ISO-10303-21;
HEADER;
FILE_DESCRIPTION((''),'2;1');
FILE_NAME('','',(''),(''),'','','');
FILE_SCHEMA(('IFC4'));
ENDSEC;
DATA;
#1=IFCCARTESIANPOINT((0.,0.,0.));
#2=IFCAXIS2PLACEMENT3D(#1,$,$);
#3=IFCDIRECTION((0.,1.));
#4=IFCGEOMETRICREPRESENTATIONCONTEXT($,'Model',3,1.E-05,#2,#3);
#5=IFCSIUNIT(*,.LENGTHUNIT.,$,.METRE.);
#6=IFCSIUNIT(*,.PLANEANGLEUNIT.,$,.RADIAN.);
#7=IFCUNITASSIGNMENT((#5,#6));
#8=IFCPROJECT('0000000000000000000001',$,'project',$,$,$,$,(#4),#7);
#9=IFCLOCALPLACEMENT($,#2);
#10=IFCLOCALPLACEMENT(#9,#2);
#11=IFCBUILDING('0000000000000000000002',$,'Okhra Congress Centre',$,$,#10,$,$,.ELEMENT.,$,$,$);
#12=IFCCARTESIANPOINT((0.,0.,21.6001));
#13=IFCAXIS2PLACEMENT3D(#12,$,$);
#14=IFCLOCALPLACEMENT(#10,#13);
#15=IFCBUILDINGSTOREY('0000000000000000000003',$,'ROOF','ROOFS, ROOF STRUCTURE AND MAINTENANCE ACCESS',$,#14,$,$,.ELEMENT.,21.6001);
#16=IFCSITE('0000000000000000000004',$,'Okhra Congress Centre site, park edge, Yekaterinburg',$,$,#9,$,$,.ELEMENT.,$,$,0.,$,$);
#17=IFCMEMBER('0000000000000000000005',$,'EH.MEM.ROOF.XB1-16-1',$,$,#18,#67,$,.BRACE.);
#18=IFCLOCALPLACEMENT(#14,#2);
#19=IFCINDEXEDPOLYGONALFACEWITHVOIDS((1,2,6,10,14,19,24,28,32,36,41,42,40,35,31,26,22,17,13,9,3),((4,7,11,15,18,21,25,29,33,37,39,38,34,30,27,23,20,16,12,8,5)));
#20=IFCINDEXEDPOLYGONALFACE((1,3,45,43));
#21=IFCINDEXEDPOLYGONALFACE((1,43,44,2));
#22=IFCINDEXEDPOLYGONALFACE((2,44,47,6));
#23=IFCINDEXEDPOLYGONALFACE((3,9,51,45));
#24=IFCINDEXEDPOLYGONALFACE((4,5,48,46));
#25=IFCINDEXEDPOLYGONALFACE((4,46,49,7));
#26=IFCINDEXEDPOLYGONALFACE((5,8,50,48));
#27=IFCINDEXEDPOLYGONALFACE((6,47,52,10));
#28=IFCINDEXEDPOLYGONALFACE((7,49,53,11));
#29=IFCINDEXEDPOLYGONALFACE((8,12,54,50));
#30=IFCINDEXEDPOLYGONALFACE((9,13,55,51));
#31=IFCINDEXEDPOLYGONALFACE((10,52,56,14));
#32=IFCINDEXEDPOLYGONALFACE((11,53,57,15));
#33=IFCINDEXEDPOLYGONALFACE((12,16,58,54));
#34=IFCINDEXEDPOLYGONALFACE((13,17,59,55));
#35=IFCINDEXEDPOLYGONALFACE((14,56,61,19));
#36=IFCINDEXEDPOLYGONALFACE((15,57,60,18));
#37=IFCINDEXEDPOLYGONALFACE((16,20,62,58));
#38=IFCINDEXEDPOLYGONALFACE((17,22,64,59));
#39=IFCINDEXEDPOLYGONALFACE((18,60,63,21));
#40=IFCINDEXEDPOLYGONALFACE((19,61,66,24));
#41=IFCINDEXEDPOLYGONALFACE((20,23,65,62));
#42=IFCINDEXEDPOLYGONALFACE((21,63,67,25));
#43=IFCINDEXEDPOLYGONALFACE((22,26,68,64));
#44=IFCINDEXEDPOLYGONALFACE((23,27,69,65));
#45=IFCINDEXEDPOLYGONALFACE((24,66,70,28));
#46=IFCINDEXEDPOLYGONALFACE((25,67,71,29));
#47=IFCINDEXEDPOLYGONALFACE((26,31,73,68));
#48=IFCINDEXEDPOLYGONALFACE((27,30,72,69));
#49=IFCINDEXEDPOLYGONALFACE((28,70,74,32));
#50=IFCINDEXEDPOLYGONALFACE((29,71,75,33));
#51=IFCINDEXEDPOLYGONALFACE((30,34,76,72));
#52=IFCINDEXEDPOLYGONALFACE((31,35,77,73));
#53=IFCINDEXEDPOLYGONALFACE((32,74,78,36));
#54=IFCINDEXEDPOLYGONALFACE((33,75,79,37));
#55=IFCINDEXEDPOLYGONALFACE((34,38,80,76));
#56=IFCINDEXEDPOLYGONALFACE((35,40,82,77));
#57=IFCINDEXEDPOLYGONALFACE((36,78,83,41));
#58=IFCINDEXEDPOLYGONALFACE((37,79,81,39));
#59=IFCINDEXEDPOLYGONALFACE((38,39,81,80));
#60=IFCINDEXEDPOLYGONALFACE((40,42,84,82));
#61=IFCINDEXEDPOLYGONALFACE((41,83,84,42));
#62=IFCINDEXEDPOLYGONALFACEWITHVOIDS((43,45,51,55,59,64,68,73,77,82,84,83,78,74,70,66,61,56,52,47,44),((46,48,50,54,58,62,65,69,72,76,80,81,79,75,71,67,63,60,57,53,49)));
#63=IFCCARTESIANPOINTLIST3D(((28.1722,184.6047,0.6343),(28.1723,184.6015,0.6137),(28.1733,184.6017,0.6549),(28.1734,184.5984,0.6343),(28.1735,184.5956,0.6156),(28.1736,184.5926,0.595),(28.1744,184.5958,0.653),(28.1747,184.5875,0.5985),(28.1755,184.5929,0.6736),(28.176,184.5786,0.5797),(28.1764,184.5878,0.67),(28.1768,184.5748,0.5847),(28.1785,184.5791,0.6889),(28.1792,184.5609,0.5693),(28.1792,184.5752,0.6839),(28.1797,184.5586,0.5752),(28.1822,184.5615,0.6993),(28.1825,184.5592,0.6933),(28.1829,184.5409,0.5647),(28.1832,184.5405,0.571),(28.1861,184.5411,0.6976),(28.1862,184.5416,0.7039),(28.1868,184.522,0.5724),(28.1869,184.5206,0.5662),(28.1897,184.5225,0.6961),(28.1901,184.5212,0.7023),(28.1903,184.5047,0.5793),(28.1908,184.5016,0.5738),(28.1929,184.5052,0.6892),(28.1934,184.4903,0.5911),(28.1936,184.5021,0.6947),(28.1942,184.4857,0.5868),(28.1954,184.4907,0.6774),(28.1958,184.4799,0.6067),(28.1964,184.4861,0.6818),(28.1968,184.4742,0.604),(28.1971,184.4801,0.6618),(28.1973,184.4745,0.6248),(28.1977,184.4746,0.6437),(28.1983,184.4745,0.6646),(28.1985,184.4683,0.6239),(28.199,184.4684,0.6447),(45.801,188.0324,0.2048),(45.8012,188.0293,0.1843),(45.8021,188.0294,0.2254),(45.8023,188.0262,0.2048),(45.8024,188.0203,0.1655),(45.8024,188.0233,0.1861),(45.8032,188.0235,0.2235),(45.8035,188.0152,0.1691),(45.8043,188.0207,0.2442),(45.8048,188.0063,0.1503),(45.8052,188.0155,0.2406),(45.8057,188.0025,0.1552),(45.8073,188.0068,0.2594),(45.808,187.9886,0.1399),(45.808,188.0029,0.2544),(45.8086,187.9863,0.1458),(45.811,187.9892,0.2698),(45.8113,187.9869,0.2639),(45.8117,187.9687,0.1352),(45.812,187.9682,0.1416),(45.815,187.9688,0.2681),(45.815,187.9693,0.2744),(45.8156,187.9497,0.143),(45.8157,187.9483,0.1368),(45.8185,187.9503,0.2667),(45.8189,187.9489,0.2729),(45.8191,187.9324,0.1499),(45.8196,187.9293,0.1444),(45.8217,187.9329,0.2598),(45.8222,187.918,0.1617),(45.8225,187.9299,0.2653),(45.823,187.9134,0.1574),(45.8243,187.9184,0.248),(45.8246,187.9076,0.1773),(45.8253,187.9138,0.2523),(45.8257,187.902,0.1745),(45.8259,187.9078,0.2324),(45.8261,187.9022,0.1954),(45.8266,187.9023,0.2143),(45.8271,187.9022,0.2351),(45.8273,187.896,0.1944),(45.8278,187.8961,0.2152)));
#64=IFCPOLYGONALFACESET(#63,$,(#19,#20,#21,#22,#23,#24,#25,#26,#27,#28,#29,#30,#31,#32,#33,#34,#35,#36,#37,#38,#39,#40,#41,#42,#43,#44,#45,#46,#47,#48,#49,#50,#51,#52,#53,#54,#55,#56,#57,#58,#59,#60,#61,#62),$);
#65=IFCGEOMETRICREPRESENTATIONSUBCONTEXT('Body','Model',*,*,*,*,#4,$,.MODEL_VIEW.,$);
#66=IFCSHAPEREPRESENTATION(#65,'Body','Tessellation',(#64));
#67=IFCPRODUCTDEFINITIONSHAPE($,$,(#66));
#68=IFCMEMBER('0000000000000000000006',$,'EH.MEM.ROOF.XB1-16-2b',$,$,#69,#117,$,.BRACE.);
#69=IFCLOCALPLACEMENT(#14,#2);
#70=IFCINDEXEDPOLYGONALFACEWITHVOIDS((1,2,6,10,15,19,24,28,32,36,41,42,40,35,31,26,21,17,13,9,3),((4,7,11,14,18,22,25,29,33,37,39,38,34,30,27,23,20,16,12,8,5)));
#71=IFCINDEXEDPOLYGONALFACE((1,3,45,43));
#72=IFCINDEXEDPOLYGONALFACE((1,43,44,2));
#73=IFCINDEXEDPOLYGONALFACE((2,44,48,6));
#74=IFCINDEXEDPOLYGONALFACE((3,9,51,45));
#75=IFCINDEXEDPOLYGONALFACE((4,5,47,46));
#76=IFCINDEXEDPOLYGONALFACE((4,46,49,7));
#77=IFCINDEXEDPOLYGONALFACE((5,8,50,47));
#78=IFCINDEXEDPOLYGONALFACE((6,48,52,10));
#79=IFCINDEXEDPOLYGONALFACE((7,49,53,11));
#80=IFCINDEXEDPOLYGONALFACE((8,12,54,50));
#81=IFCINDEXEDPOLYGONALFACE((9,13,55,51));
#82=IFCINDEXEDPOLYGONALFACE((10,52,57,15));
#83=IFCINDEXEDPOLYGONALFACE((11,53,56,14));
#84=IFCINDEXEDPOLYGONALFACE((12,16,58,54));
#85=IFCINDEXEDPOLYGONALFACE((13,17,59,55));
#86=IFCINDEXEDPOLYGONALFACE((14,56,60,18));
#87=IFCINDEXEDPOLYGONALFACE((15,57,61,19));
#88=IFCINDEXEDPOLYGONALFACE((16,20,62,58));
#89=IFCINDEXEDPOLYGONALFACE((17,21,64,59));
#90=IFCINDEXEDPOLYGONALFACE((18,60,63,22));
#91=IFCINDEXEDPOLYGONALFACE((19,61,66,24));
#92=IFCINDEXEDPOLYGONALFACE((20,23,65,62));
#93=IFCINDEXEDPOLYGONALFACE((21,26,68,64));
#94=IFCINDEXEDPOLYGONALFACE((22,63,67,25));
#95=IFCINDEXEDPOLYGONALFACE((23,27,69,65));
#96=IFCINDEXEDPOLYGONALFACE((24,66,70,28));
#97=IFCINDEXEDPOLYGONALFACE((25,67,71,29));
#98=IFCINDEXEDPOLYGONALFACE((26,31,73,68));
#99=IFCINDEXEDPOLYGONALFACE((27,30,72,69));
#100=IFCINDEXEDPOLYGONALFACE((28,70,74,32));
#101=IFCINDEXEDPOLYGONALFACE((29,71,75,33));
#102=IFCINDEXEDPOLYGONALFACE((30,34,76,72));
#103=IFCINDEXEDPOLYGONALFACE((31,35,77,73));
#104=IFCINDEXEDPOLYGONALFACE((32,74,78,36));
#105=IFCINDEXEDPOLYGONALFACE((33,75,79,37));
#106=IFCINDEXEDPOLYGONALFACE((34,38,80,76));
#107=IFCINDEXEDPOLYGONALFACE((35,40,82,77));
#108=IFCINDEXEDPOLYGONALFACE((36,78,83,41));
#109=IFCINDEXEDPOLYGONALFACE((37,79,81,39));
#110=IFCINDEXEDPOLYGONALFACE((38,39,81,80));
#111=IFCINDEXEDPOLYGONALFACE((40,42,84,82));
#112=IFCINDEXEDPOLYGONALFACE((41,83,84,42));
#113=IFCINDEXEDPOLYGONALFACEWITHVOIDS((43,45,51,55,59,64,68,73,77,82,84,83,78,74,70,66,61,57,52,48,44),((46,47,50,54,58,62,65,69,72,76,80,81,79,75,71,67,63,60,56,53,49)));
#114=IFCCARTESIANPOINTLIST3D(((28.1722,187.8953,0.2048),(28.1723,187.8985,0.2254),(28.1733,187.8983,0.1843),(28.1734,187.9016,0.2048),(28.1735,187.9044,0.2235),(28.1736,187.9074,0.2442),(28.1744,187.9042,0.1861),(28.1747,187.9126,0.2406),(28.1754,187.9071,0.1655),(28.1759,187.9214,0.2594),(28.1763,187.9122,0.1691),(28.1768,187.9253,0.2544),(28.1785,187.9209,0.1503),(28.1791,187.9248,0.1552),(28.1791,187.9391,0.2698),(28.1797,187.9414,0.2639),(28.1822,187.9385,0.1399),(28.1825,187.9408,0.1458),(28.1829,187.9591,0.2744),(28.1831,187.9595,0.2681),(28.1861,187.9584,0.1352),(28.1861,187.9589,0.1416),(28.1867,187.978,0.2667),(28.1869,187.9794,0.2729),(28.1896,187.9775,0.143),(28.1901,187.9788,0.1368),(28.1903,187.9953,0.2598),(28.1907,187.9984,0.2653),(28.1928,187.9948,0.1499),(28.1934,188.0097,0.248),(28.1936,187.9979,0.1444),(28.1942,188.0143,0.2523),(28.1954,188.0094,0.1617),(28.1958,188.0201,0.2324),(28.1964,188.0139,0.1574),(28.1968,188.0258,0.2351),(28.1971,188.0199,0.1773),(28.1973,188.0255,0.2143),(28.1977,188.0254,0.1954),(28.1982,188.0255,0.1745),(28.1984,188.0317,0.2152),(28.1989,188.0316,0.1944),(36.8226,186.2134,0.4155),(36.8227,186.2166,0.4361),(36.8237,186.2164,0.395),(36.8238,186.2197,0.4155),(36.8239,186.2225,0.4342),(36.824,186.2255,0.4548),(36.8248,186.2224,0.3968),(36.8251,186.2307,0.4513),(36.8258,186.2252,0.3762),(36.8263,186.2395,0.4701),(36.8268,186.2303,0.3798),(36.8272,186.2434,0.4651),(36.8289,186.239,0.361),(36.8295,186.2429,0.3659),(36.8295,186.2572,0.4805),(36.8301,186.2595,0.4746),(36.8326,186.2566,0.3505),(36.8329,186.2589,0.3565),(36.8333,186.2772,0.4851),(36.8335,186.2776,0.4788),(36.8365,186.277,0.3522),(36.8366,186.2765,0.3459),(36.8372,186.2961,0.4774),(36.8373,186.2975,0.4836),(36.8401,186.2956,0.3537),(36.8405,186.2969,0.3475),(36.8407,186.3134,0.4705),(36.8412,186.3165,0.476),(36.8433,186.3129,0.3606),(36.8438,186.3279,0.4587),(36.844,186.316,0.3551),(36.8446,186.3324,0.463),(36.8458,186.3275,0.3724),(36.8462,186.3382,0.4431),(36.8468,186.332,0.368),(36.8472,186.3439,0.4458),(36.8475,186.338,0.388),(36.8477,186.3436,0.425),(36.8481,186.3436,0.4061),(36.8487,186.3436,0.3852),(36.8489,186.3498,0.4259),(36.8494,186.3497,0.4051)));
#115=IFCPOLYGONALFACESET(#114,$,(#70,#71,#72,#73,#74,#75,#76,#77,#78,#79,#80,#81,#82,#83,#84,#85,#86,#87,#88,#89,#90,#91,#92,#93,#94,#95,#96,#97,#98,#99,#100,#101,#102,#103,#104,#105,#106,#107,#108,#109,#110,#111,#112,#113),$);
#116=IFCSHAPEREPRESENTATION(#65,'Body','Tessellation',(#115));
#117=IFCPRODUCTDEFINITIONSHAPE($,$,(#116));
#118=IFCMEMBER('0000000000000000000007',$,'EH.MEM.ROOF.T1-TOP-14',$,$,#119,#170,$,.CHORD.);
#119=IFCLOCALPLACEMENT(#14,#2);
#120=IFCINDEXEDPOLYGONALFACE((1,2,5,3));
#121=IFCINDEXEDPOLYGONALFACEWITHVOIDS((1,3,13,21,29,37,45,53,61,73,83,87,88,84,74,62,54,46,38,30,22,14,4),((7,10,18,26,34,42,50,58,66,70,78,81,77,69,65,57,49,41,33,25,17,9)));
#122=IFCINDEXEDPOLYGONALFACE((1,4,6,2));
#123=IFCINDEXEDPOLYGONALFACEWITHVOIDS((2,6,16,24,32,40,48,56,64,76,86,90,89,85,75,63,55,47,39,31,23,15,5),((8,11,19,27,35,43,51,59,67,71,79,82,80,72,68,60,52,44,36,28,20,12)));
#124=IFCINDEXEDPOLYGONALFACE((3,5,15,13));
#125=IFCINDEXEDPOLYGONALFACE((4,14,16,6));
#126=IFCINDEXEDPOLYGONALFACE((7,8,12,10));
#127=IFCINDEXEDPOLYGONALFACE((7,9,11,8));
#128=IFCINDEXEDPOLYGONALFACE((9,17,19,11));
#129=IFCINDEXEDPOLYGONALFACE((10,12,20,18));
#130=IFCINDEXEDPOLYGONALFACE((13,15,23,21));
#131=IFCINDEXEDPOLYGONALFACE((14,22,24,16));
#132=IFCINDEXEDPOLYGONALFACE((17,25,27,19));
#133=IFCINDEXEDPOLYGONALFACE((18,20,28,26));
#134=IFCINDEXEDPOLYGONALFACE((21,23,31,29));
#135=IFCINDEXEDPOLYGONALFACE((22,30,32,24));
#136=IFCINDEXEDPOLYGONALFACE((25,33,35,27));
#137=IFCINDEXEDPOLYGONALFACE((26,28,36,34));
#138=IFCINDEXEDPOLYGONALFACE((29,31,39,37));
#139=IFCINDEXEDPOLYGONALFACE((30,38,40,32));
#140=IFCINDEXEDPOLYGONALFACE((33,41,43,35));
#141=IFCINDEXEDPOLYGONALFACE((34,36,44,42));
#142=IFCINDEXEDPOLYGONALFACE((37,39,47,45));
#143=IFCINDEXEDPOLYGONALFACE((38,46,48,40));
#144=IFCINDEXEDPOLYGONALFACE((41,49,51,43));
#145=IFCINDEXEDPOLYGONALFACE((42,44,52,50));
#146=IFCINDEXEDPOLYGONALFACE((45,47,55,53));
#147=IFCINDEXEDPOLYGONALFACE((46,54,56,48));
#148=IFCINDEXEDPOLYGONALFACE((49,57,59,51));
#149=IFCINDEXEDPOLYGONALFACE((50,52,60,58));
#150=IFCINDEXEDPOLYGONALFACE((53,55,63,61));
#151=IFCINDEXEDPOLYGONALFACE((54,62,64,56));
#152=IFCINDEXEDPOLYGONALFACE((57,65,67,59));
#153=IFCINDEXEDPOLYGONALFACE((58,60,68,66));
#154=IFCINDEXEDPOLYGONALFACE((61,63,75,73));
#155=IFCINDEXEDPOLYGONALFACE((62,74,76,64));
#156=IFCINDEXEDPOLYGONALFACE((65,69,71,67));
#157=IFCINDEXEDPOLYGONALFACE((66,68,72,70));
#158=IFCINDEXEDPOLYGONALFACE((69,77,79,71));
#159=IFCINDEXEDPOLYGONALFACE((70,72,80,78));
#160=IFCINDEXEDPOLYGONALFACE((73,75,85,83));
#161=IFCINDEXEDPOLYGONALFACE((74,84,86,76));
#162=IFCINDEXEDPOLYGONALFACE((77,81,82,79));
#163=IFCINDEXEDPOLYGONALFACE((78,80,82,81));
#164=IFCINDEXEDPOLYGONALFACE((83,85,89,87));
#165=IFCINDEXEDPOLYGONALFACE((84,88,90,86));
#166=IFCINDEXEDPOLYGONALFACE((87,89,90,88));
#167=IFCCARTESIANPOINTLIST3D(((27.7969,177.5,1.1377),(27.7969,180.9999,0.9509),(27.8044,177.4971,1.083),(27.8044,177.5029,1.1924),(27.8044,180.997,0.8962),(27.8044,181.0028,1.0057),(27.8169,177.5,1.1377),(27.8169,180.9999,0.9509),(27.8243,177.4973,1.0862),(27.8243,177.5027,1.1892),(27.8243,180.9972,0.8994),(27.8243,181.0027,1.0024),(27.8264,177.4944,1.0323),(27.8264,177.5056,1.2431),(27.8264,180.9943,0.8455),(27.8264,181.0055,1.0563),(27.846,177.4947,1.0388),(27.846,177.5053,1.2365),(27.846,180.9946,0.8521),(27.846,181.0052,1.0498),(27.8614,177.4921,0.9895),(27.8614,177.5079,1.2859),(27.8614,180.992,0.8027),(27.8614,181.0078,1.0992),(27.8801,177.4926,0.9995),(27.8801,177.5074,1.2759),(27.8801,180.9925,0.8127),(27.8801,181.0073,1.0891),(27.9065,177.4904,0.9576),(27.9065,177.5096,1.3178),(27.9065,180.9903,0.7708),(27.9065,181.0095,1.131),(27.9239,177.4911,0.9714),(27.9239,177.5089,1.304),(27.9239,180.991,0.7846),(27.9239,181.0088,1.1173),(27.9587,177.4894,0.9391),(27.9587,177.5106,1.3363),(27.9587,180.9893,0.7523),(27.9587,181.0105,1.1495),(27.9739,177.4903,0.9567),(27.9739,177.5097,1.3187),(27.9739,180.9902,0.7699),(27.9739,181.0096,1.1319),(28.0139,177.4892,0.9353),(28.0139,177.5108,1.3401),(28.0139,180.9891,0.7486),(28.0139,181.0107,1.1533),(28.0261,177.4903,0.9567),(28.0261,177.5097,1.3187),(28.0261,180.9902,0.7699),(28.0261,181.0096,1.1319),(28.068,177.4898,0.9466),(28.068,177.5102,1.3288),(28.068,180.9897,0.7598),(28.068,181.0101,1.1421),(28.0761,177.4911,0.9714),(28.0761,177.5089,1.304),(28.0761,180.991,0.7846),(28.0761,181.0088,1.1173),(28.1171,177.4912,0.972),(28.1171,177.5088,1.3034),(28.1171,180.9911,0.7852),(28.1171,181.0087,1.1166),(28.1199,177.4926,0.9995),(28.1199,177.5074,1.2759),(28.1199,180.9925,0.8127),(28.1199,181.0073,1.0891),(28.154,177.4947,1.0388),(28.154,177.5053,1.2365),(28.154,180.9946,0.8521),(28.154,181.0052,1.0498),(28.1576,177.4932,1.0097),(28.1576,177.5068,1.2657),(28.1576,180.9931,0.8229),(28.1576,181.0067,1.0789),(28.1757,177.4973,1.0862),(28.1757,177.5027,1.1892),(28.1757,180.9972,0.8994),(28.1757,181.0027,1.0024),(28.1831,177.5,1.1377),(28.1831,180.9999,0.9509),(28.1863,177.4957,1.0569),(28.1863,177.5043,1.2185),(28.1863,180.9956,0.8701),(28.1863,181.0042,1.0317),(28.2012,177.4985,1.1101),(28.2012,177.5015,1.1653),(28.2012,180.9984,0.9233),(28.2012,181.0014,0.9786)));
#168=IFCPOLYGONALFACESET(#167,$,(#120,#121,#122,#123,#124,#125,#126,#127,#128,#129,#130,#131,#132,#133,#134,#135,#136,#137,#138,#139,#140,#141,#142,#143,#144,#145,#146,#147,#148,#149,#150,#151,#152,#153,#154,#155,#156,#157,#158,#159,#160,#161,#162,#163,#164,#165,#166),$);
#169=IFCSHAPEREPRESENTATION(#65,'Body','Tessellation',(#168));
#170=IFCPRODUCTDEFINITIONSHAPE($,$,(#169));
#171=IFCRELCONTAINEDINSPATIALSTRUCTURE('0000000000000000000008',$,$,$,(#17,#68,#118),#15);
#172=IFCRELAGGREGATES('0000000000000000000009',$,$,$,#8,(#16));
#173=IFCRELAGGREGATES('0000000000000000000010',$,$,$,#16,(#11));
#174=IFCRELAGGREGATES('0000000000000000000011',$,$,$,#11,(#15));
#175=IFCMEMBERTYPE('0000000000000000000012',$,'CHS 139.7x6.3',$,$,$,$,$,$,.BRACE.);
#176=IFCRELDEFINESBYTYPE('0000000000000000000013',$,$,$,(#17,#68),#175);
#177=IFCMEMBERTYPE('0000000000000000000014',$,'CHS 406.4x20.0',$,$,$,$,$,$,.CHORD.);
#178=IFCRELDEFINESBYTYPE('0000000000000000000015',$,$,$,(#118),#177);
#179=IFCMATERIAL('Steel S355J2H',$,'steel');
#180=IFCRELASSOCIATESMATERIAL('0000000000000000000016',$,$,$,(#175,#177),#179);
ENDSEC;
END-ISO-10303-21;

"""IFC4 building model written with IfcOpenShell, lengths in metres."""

from ifc_helpers import new_model, si_unit, direction, frame, origin, origin_2d, place, context, subcontext, project, spatial, hollow_circle, extrude, material, material_profile, profile_set, type_object, element, save


model = new_model("IFC4")

# Units and contexts
model_context = context("Model", 3, precision=1e-05, world=origin(), true_north=direction((0.0, 1.0)))
body_context = subcontext(model_context, "Body", "Model", "MODEL_VIEW")
ifc_project = project(units=[si_unit("LENGTHUNIT", "METRE"), si_unit("PLANEANGLEUNIT", "RADIAN")], contexts=[model_context])

# Site, building, storey
site_placement = place(None, origin())
site = spatial("IfcSite", under=ifc_project, at=site_placement, Name="Okhra Congress Centre site, park edge, Yekaterinburg", CompositionType="ELEMENT", RefElevation=0.0)
building_placement = place(site_placement, origin())
building = spatial("IfcBuilding", under=site, at=building_placement, Name="Okhra Congress Centre", CompositionType="ELEMENT")
storey_placement = place(building_placement, frame((0.0, 0.0, 21.6001)))
storey = spatial("IfcBuildingStorey", under=building, at=storey_placement, Name="ROOF", Description="ROOFS, ROOF STRUCTURE AND MAINTENANCE ACCESS", CompositionType="ELEMENT", Elevation=21.6001)

# Members
ifc_material_1 = material(Name="Steel S355J2H", Category="steel")
ifc_material_profile_1 = material_profile(ifc_material_1, hollow_circle(Radius=0.0698, WallThickness=0.0063, at=origin_2d()), Name="CHS 139.7x6.3")
ifc_profile_set_1 = profile_set([ifc_material_profile_1], Name="Steel S355J2H")
member_type_1 = type_object("IfcMemberType", Name="CHS 139.7x6.3", PredefinedType="BRACE", material=ifc_profile_set_1)
member_1_placement = place(storey_placement, frame((28.1855, 184.5361, 0.6343), z_axis=(0.981336, 0.190809, -0.023906), x_axis=(-0.190864, 0.981617, 0.0)))
element("IfcMember", 1, at=member_1_placement, inside=storey, type_object=member_type_1, Name="EH.MEM.ROOF.XB1-16-1", PredefinedType="BRACE", context=body_context, shape_type="SweptSolid", body=[
    extrude(hollow_circle(Radius=0.0698, WallThickness=0.0063, at=origin_2d()), origin(), (0.0, 0.0, 1.0), 17.9641),
])
member_2_placement = place(storey_placement, frame((36.8359, 186.282, 0.4155), z_axis=(-0.981338, 0.1908, -0.023902), x_axis=(-0.190855, -0.981618, 0.0)))
element("IfcMember", 2, at=member_2_placement, inside=storey, type_object=member_type_1, Name="EH.MEM.ROOF.XB1-16-2b", PredefinedType="BRACE", context=body_context, shape_type="SweptSolid", body=[
    extrude(hollow_circle(Radius=0.0698, WallThickness=0.0063, at=origin_2d()), origin(), (0.0, 0.0, 1.0), 8.8149),
])
ifc_material_profile_2 = material_profile(ifc_material_1, hollow_circle(Radius=0.2031, WallThickness=0.02, at=origin_2d()), Name="CHS 406.4x20.0")
ifc_profile_set_2 = profile_set([ifc_material_profile_2], Name="Steel S355J2H")
member_type_2 = type_object("IfcMemberType", Name="CHS 406.4x20.0", PredefinedType="CHORD", material=ifc_profile_set_2)
member_3_placement = place(storey_placement, frame((28.0, 177.5, 1.1377), z_axis=(0.0, 0.998579, -0.053286), x_axis=(-1.0, 0.0, 0.0)))
element("IfcMember", 3, at=member_3_placement, inside=storey, type_object=member_type_2, Name="EH.MEM.ROOF.T1-TOP-14", PredefinedType="CHORD", context=body_context, shape_type="SweptSolid", body=[
    extrude(hollow_circle(Radius=0.2031, WallThickness=0.02, at=origin_2d()), origin(), (0.0, 0.0, 1.0), 3.5049),
])

save(model, "model.ifc")
